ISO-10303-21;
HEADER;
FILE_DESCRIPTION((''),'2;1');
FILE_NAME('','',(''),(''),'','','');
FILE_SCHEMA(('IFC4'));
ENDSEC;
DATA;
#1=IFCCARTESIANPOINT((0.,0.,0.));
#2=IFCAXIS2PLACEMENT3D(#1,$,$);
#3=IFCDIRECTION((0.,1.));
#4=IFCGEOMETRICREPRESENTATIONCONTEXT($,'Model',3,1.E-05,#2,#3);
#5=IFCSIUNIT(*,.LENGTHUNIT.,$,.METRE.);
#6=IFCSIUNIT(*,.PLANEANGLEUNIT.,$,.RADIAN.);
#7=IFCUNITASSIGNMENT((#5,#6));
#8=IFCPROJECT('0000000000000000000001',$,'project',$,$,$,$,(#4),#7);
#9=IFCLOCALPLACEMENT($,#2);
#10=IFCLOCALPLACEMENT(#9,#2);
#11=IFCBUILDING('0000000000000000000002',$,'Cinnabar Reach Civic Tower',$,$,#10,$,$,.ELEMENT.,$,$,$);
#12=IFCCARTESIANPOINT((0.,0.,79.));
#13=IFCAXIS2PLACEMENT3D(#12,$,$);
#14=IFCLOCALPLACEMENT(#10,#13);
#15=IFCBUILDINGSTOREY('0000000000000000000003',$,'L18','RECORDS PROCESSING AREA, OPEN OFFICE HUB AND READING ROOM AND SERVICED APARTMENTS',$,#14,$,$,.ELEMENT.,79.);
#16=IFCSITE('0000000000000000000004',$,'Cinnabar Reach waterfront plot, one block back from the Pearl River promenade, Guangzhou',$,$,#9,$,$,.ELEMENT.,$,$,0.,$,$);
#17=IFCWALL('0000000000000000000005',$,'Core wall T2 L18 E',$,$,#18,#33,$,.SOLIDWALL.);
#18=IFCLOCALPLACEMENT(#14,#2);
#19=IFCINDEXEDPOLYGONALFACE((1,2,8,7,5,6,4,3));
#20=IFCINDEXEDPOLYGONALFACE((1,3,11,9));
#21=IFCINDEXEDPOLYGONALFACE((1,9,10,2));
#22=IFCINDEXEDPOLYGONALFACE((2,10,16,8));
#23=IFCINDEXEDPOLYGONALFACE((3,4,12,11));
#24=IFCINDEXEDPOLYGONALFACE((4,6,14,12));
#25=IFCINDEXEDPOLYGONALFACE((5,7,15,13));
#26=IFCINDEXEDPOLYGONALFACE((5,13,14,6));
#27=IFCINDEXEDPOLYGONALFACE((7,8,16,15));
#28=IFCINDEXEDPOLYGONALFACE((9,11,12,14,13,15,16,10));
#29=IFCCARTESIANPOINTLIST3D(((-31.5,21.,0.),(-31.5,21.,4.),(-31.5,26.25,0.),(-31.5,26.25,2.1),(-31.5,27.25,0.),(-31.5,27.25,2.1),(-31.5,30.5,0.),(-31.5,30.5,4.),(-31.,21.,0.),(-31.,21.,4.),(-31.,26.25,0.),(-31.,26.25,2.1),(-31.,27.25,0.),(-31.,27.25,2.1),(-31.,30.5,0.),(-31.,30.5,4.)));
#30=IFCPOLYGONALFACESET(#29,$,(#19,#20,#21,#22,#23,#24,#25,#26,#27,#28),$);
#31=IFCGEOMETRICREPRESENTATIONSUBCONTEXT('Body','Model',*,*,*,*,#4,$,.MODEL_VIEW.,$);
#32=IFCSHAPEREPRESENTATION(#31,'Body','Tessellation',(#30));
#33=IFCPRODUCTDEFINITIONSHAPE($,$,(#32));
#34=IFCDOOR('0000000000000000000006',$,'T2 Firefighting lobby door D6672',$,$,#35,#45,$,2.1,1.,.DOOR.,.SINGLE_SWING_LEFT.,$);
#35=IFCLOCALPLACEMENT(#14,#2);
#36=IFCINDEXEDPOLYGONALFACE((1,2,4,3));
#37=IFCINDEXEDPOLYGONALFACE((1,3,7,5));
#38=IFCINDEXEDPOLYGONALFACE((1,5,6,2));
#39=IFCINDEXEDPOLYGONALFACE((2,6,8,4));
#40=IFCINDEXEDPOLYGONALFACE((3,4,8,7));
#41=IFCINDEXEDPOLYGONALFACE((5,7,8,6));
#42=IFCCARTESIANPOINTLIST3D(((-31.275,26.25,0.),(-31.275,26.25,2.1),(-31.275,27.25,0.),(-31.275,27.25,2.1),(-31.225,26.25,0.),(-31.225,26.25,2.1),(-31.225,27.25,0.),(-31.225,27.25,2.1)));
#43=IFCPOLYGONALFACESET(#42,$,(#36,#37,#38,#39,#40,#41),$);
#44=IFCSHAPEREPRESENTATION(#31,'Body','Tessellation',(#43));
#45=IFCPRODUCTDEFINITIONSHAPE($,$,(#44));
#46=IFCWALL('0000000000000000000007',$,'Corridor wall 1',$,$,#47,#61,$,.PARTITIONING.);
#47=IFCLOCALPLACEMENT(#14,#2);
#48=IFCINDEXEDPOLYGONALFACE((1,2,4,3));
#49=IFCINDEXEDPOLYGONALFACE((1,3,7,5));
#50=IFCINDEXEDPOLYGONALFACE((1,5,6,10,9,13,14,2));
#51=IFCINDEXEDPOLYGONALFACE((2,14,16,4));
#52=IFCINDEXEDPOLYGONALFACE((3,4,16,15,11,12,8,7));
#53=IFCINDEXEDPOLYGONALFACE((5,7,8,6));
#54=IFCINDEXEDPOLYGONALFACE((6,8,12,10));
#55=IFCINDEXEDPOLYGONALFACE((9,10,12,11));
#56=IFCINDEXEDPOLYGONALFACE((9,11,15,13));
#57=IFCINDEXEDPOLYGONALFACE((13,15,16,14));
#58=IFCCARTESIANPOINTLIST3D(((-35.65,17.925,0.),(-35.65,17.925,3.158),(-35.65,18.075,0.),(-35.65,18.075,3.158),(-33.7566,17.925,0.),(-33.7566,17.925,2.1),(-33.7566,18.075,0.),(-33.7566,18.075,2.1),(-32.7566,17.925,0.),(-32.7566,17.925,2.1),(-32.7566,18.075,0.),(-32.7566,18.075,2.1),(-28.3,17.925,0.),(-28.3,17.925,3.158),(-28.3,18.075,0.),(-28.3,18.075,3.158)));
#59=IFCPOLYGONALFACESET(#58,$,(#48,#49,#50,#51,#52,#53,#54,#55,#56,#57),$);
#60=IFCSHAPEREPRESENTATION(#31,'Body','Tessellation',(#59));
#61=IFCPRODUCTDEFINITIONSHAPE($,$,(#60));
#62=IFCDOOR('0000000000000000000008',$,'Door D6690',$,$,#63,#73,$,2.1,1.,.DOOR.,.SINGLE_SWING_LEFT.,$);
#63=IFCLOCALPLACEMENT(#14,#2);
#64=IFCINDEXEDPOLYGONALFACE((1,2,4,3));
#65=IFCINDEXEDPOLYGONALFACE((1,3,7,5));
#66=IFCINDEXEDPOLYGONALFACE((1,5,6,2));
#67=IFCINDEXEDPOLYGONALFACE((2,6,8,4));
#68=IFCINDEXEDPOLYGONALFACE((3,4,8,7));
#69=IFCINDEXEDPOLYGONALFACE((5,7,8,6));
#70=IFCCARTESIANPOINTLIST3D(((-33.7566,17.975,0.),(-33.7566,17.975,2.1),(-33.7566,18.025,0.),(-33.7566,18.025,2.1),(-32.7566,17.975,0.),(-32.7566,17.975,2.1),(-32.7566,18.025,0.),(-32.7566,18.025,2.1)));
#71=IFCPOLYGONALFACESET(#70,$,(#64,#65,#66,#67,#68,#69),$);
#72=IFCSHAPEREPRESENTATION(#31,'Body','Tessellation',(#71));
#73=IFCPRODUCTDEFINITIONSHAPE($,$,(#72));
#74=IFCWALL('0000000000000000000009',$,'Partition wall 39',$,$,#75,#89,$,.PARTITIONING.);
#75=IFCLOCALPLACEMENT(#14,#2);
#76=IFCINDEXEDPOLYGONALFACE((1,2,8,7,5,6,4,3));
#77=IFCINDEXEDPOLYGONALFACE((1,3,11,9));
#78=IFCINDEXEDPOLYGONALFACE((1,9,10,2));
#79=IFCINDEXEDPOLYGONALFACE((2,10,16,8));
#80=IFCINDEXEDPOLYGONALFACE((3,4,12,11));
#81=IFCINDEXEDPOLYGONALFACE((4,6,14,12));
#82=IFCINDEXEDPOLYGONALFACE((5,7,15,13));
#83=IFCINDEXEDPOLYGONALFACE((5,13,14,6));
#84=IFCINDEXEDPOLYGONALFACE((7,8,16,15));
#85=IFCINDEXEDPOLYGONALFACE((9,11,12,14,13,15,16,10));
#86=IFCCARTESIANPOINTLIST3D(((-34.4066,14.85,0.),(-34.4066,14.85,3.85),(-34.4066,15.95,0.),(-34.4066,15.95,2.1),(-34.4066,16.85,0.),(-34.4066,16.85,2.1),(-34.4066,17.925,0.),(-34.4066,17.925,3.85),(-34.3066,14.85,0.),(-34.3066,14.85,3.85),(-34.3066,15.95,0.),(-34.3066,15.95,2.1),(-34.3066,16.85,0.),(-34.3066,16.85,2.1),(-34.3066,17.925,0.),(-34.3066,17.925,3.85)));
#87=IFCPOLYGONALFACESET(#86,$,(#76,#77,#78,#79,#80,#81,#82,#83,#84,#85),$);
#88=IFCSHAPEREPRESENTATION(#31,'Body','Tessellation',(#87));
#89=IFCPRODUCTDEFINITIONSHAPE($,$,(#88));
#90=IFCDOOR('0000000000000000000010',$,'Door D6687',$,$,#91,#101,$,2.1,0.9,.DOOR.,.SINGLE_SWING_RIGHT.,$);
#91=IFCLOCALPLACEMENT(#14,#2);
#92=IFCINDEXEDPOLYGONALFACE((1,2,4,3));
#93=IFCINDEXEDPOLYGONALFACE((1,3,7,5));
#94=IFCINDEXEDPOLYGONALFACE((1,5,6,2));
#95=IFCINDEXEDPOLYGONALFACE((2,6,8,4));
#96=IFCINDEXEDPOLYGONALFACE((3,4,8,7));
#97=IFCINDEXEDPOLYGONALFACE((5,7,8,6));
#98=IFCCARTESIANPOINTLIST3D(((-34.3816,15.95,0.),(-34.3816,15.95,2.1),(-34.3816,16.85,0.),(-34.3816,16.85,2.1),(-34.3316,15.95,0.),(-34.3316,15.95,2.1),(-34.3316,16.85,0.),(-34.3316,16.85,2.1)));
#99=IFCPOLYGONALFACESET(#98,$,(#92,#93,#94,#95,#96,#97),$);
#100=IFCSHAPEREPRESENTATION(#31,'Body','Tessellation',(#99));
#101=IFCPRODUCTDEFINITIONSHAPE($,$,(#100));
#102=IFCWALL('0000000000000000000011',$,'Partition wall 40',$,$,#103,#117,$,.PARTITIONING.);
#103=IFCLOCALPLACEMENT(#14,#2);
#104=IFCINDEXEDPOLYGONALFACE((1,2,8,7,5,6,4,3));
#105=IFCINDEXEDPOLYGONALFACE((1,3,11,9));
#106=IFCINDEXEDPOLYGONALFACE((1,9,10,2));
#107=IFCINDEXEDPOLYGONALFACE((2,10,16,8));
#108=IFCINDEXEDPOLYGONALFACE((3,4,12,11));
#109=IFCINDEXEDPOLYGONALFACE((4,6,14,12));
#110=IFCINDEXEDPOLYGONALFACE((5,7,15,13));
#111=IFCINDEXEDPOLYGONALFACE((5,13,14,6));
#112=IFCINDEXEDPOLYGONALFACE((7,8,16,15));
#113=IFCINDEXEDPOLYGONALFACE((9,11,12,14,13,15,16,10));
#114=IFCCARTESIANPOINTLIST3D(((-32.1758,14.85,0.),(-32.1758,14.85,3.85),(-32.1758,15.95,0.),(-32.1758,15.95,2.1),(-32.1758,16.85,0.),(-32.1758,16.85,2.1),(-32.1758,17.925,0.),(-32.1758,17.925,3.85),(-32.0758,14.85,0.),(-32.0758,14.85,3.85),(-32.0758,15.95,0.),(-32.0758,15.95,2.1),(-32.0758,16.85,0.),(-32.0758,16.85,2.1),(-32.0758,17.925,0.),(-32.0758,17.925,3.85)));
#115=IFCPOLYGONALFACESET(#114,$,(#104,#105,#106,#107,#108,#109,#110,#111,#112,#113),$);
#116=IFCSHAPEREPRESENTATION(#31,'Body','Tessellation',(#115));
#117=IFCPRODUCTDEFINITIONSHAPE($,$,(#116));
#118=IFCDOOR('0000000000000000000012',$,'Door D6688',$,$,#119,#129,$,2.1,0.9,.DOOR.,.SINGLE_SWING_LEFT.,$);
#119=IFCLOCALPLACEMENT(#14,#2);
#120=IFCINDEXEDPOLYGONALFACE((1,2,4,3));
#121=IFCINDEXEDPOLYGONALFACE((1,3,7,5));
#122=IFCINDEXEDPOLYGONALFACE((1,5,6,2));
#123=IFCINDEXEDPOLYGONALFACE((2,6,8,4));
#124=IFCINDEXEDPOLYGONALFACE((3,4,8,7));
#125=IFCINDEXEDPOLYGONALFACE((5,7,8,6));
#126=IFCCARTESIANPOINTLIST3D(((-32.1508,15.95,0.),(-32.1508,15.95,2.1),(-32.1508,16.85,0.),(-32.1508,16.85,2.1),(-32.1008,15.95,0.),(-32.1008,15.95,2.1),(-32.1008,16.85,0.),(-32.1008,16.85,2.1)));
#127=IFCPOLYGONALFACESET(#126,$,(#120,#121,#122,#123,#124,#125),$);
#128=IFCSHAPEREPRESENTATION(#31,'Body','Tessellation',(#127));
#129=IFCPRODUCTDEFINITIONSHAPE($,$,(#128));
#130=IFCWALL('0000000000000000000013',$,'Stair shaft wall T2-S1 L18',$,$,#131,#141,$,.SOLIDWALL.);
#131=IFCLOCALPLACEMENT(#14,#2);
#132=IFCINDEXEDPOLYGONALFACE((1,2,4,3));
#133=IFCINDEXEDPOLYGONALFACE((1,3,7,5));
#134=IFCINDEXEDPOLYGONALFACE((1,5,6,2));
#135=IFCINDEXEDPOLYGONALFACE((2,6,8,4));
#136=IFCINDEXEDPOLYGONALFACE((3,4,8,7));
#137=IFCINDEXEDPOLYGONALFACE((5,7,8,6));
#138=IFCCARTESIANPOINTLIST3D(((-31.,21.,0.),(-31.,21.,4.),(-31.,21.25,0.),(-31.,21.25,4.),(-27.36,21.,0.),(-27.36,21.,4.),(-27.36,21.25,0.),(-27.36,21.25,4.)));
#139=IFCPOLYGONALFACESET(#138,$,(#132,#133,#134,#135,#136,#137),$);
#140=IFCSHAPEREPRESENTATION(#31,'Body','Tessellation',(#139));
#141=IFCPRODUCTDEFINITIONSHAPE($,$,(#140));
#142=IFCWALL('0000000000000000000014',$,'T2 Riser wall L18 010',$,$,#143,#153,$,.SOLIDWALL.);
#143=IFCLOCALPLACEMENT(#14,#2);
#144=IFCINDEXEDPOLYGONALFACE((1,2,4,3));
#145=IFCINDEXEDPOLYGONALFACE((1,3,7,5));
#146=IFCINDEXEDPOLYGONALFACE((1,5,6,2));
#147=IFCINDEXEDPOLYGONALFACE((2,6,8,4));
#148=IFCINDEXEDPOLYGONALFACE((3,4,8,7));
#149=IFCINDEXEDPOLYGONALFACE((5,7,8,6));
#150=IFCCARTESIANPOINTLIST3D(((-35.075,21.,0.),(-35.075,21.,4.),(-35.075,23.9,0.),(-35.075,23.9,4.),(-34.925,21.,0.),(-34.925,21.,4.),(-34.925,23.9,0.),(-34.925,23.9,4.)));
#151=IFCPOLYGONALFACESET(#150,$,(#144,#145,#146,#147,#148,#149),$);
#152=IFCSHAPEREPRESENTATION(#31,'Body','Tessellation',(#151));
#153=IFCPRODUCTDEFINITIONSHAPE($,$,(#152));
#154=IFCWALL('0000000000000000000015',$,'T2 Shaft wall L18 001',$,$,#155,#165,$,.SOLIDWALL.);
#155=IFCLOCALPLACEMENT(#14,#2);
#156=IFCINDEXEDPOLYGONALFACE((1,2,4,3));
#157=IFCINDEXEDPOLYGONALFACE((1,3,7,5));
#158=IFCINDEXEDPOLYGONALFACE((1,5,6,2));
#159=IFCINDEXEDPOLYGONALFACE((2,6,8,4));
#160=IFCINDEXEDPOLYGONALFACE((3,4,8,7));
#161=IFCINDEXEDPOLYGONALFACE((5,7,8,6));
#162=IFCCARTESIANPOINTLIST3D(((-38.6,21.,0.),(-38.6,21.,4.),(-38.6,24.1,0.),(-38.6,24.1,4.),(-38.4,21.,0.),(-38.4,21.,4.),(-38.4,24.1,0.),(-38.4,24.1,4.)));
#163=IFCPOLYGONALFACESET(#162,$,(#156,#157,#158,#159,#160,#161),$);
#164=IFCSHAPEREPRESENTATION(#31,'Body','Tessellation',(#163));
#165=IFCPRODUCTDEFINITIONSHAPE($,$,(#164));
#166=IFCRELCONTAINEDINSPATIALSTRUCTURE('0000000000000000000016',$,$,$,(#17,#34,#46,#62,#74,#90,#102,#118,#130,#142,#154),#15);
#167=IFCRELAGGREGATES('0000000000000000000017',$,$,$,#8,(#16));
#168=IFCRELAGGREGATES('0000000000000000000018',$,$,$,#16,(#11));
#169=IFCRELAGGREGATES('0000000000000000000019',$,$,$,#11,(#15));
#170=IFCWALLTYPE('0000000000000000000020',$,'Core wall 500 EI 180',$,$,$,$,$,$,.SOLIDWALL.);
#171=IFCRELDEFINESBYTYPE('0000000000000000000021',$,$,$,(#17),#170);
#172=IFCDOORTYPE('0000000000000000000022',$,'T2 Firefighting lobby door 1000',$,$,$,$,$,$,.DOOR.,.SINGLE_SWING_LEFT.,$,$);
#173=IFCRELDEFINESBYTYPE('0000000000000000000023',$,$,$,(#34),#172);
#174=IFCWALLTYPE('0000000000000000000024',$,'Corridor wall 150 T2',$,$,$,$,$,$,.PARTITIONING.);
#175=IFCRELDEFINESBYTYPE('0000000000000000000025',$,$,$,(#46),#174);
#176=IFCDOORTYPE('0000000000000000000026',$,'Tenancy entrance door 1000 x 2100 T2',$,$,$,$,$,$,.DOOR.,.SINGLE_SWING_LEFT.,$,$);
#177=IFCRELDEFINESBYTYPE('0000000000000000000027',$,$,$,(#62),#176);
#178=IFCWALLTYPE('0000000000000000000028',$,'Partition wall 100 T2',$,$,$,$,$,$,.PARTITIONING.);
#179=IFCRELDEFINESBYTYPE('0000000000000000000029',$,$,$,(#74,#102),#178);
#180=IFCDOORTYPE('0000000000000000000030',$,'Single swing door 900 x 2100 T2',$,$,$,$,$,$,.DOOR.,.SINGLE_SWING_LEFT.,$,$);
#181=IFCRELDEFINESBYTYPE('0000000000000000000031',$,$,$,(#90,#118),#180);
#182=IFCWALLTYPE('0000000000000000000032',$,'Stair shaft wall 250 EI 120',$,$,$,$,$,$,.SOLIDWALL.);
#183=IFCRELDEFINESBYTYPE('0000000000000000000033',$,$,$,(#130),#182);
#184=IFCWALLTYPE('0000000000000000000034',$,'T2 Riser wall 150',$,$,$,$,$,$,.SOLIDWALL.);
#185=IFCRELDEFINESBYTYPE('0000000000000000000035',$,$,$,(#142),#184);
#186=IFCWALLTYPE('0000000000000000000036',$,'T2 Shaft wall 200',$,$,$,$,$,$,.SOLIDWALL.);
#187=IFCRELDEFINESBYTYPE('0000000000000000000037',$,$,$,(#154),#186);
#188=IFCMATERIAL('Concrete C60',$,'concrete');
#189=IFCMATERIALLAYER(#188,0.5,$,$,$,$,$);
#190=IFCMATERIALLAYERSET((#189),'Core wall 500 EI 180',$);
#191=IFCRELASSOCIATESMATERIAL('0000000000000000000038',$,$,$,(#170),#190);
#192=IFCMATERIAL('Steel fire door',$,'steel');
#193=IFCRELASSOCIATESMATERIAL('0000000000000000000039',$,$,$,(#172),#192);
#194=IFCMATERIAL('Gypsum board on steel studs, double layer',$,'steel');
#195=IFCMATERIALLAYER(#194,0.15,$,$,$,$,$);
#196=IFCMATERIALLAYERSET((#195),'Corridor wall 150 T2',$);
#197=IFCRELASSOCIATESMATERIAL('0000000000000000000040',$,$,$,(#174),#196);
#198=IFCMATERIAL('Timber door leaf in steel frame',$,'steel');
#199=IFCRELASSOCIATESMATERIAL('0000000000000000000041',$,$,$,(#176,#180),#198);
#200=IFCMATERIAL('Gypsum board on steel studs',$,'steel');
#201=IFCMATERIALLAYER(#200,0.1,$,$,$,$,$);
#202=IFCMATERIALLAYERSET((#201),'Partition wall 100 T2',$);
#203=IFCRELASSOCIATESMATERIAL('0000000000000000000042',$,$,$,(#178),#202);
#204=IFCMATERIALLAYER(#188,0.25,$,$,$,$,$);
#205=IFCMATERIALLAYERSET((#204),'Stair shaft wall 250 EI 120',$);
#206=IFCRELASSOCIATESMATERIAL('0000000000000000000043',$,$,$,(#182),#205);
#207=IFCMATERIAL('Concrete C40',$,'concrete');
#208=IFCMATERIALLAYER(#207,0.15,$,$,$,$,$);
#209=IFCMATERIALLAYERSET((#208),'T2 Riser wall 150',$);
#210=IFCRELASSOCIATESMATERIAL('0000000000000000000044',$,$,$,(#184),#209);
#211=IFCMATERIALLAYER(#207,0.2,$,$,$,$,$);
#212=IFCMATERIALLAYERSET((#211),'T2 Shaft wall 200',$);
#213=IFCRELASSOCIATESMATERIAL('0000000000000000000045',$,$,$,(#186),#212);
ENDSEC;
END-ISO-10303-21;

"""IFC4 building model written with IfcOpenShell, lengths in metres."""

from ifc_helpers import new_model, si_unit, direction, frame, frame_2d, origin, place, context, subcontext, project, spatial, rectangle, extrude, material, layer, layer_set, type_object, element, fill, save


model = new_model("IFC4")

# Units and contexts
model_context = context("Model", 3, precision=1e-05, world=origin(), true_north=direction((0.0, 1.0)))
body_context = subcontext(model_context, "Body", "Model", "MODEL_VIEW")
ifc_project = project(units=[si_unit("LENGTHUNIT", "METRE"), si_unit("PLANEANGLEUNIT", "RADIAN")], contexts=[model_context])

# Site, building, storey
site_placement = place(None, origin())
site = spatial("IfcSite", under=ifc_project, at=site_placement, Name="Cinnabar Reach waterfront plot, one block back from the Pearl River promenade, Guangzhou", CompositionType="ELEMENT", RefElevation=0.0)
building_placement = place(site_placement, origin())
building = spatial("IfcBuilding", under=site, at=building_placement, Name="Cinnabar Reach Civic Tower", CompositionType="ELEMENT")
storey_placement = place(building_placement, frame((0.0, 0.0, 79.0)))
storey = spatial("IfcBuildingStorey", under=building, at=storey_placement, Name="L18", Description="RECORDS PROCESSING AREA, OPEN OFFICE HUB AND READING ROOM AND SERVICED APARTMENTS", CompositionType="ELEMENT", Elevation=79.0)

# Shared definitions
ifc_material_1 = material(Name="Concrete C60", Category="concrete")

# Walls, openings, doors
ifc_layer_1 = layer(ifc_material_1, 0.5)
ifc_layer_set_1 = layer_set([ifc_layer_1], Name="Core wall 500 EI 180")
wall_type_1 = type_object("IfcWallType", Name="Core wall 500 EI 180", PredefinedType="SOLIDWALL", material=ifc_layer_set_1)
wall_1_placement = place(storey_placement, frame((-31.25, 21.0, 0.0), z_axis=(0.0, 0.0, 1.0), x_axis=(0.0, 1.0, 0.0)))
wall_1 = element("IfcWall", 1, at=wall_1_placement, inside=storey, type_object=wall_type_1, Name="Core wall T2 L18 E", PredefinedType="SOLIDWALL", context=body_context, shape_type="SweptSolid", body=[
    extrude(rectangle(XDim=9.5, YDim=0.5, at=frame_2d((4.75, 0.0))), origin(), (0.0, 0.0, 1.0), 4.0),
])
opening_1_placement = place(wall_1_placement, frame((5.25, 0.0, 0.0)))
opening_1 = element("IfcOpeningElement", 2, at=opening_1_placement, cuts=wall_1, PredefinedType="OPENING", context=body_context, shape_type="SweptSolid", body=[
    extrude(rectangle(XDim=1.0, YDim=2.1, at=frame_2d((0.5, 1.05))), frame((0.0, 0.26, 0.0), z_axis=(0.0, -1.0, 0.0), x_axis=(1.0, 0.0, 0.0)), (0.0, 0.0, 1.0), 0.52),
])
ifc_material_2 = material(Name="Steel fire door", Category="steel")
door_type_1 = type_object("IfcDoorType", Name="T2 Firefighting lobby door 1000", OperationType="SINGLE_SWING_LEFT", PredefinedType="DOOR", material=ifc_material_2)
door_1_placement = place(opening_1_placement, frame((1.0, 0.0, 0.0), z_axis=(0.0, 0.0, 1.0), x_axis=(-1.0, 0.0, 0.0)))
door_1 = element("IfcDoor", 3, at=door_1_placement, inside=storey, type_object=door_type_1, Name="T2 Firefighting lobby door D6672", OperationType="SINGLE_SWING_LEFT", OverallHeight=2.1, OverallWidth=1.0, PredefinedType="DOOR", context=body_context, shape_type="SweptSolid", body=[
    extrude(rectangle(XDim=1.0, YDim=2.1, at=frame_2d((0.5, 1.05))), frame((0.0, 0.025, 0.0), z_axis=(0.0, -1.0, 0.0), x_axis=(1.0, 0.0, 0.0)), (0.0, 0.0, 1.0), 0.05),
])
fill(opening_1, door_1)
ifc_material_3 = material(Name="Gypsum board on steel studs, double layer", Category="steel")
ifc_layer_2 = layer(ifc_material_3, 0.15)
ifc_layer_set_2 = layer_set([ifc_layer_2], Name="Corridor wall 150 T2")
wall_type_2 = type_object("IfcWallType", Name="Corridor wall 150 T2", PredefinedType="PARTITIONING", material=ifc_layer_set_2)
wall_2_placement = place(storey_placement, frame((-35.65, 18.0, 0.0), z_axis=(0.0, 0.0, 1.0), x_axis=(1.0, 0.0, 0.0)))
wall_2 = element("IfcWall", 4, at=wall_2_placement, inside=storey, type_object=wall_type_2, Name="Corridor wall 1", PredefinedType="PARTITIONING", context=body_context, shape_type="SweptSolid", body=[
    extrude(rectangle(XDim=7.35, YDim=0.15, at=frame_2d((3.675, 0.0))), origin(), (0.0, 0.0, 1.0), 3.158),
])
opening_2_placement = place(wall_2_placement, frame((1.8934, 0.0, 0.0)))
opening_2 = element("IfcOpeningElement", 5, at=opening_2_placement, cuts=wall_2, PredefinedType="OPENING", context=body_context, shape_type="SweptSolid", body=[
    extrude(rectangle(XDim=1.0, YDim=2.1, at=frame_2d((0.5, 1.05))), frame((0.0, 0.085, 0.0), z_axis=(0.0, -1.0, 0.0), x_axis=(1.0, 0.0, 0.0)), (0.0, 0.0, 1.0), 0.17),
])
ifc_material_4 = material(Name="Timber door leaf in steel frame", Category="steel")
door_type_2 = type_object("IfcDoorType", Name="Tenancy entrance door 1000 x 2100 T2", OperationType="SINGLE_SWING_LEFT", PredefinedType="DOOR", material=ifc_material_4)
door_2_placement = place(opening_2_placement, frame((1.0, 0.0, 0.0), z_axis=(0.0, 0.0, 1.0), x_axis=(-1.0, 0.0, 0.0)))
door_2 = element("IfcDoor", 6, at=door_2_placement, inside=storey, type_object=door_type_2, Name="Door D6690", OperationType="SINGLE_SWING_LEFT", OverallHeight=2.1, OverallWidth=1.0, PredefinedType="DOOR", context=body_context, shape_type="SweptSolid", body=[
    extrude(rectangle(XDim=1.0, YDim=2.1, at=frame_2d((0.5, 1.05))), frame((0.0, 0.025, 0.0), z_axis=(0.0, -1.0, 0.0), x_axis=(1.0, 0.0, 0.0)), (0.0, 0.0, 1.0), 0.05),
])
fill(opening_2, door_2)
ifc_material_5 = material(Name="Gypsum board on steel studs", Category="steel")
ifc_layer_3 = layer(ifc_material_5, 0.1)
ifc_layer_set_3 = layer_set([ifc_layer_3], Name="Partition wall 100 T2")
wall_type_3 = type_object("IfcWallType", Name="Partition wall 100 T2", PredefinedType="PARTITIONING", material=ifc_layer_set_3)
wall_3_placement = place(storey_placement, frame((-34.3566, 14.85, 0.0), z_axis=(0.0, 0.0, 1.0), x_axis=(0.0, 1.0, 0.0)))
wall_3 = element("IfcWall", 7, at=wall_3_placement, inside=storey, type_object=wall_type_3, Name="Partition wall 39", PredefinedType="PARTITIONING", context=body_context, shape_type="SweptSolid", body=[
    extrude(rectangle(XDim=3.075, YDim=0.1, at=frame_2d((1.5375, 0.0))), origin(), (0.0, 0.0, 1.0), 3.85),
])
opening_3_placement = place(wall_3_placement, frame((1.1, 0.0, 0.0)))
opening_3 = element("IfcOpeningElement", 8, at=opening_3_placement, cuts=wall_3, PredefinedType="OPENING", context=body_context, shape_type="SweptSolid", body=[
    extrude(rectangle(XDim=0.9, YDim=2.1, at=frame_2d((0.45, 1.05))), frame((0.0, 0.06, 0.0), z_axis=(0.0, -1.0, 0.0), x_axis=(1.0, 0.0, 0.0)), (0.0, 0.0, 1.0), 0.12),
])
door_type_3 = type_object("IfcDoorType", Name="Single swing door 900 x 2100 T2", OperationType="SINGLE_SWING_LEFT", PredefinedType="DOOR", material=ifc_material_4)
door_3_placement = place(opening_3_placement, origin())
door_3 = element("IfcDoor", 9, at=door_3_placement, inside=storey, type_object=door_type_3, Name="Door D6687", OperationType="SINGLE_SWING_RIGHT", OverallHeight=2.1, OverallWidth=0.9, PredefinedType="DOOR", context=body_context, shape_type="SweptSolid", body=[
    extrude(rectangle(XDim=0.9, YDim=2.1, at=frame_2d((0.45, 1.05))), frame((0.0, 0.025, 0.0), z_axis=(0.0, -1.0, 0.0), x_axis=(1.0, 0.0, 0.0)), (0.0, 0.0, 1.0), 0.05),
])
fill(opening_3, door_3)
wall_4_placement = place(storey_placement, frame((-32.1258, 14.85, 0.0), z_axis=(0.0, 0.0, 1.0), x_axis=(0.0, 1.0, 0.0)))
wall_4 = element("IfcWall", 10, at=wall_4_placement, inside=storey, type_object=wall_type_3, Name="Partition wall 40", PredefinedType="PARTITIONING", context=body_context, shape_type="SweptSolid", body=[
    extrude(rectangle(XDim=3.075, YDim=0.1, at=frame_2d((1.5375, 0.0))), origin(), (0.0, 0.0, 1.0), 3.85),
])
opening_4_placement = place(wall_4_placement, frame((1.1, 0.0, 0.0)))
opening_4 = element("IfcOpeningElement", 11, at=opening_4_placement, cuts=wall_4, PredefinedType="OPENING", context=body_context, shape_type="SweptSolid", body=[
    extrude(rectangle(XDim=0.9, YDim=2.1, at=frame_2d((0.45, 1.05))), frame((0.0, 0.06, 0.0), z_axis=(0.0, -1.0, 0.0), x_axis=(1.0, 0.0, 0.0)), (0.0, 0.0, 1.0), 0.12),
])
door_4_placement = place(opening_4_placement, origin())
door_4 = element("IfcDoor", 12, at=door_4_placement, inside=storey, type_object=door_type_3, Name="Door D6688", OperationType="SINGLE_SWING_LEFT", OverallHeight=2.1, OverallWidth=0.9, PredefinedType="DOOR", context=body_context, shape_type="SweptSolid", body=[
    extrude(rectangle(XDim=0.9, YDim=2.1, at=frame_2d((0.45, 1.05))), frame((0.0, 0.025, 0.0), z_axis=(0.0, -1.0, 0.0), x_axis=(1.0, 0.0, 0.0)), (0.0, 0.0, 1.0), 0.05),
])
fill(opening_4, door_4)

# Walls
ifc_layer_4 = layer(ifc_material_1, 0.25)
ifc_layer_set_4 = layer_set([ifc_layer_4], Name="Stair shaft wall 250 EI 120")
wall_type_4 = type_object("IfcWallType", Name="Stair shaft wall 250 EI 120", PredefinedType="SOLIDWALL", material=ifc_layer_set_4)
wall_5_placement = place(storey_placement, frame((-31.0, 21.125, 0.0), z_axis=(0.0, 0.0, 1.0), x_axis=(1.0, 0.0, 0.0)))
element("IfcWall", 13, at=wall_5_placement, inside=storey, type_object=wall_type_4, Name="Stair shaft wall T2-S1 L18", PredefinedType="SOLIDWALL", context=body_context, shape_type="SweptSolid", body=[
    extrude(rectangle(XDim=3.64, YDim=0.25, at=frame_2d((1.82, 0.0))), origin(), (0.0, 0.0, 1.0), 4.0),
])
ifc_material_6 = material(Name="Concrete C40", Category="concrete")
ifc_layer_5 = layer(ifc_material_6, 0.15)
ifc_layer_set_5 = layer_set([ifc_layer_5], Name="T2 Riser wall 150")
wall_type_5 = type_object("IfcWallType", Name="T2 Riser wall 150", PredefinedType="SOLIDWALL", material=ifc_layer_set_5)
wall_6_placement = place(storey_placement, frame((-35.0, 21.0, 0.0), z_axis=(0.0, 0.0, 1.0), x_axis=(0.0, 1.0, 0.0)))
element("IfcWall", 14, at=wall_6_placement, inside=storey, type_object=wall_type_5, Name="T2 Riser wall L18 010", PredefinedType="SOLIDWALL", context=body_context, shape_type="SweptSolid", body=[
    extrude(rectangle(XDim=2.9, YDim=0.15, at=frame_2d((1.45, 0.0))), origin(), (0.0, 0.0, 1.0), 4.0),
])
ifc_layer_6 = layer(ifc_material_6, 0.2)
ifc_layer_set_6 = layer_set([ifc_layer_6], Name="T2 Shaft wall 200")
wall_type_6 = type_object("IfcWallType", Name="T2 Shaft wall 200", PredefinedType="SOLIDWALL", material=ifc_layer_set_6)
wall_7_placement = place(storey_placement, frame((-38.5, 21.0, 0.0), z_axis=(0.0, 0.0, 1.0), x_axis=(0.0, 1.0, 0.0)))
element("IfcWall", 15, at=wall_7_placement, inside=storey, type_object=wall_type_6, Name="T2 Shaft wall L18 001", PredefinedType="SOLIDWALL", context=body_context, shape_type="SweptSolid", body=[
    extrude(rectangle(XDim=3.1, YDim=0.2, at=frame_2d((1.55, 0.0))), origin(), (0.0, 0.0, 1.0), 4.0),
])

save(model, "model.ifc")
